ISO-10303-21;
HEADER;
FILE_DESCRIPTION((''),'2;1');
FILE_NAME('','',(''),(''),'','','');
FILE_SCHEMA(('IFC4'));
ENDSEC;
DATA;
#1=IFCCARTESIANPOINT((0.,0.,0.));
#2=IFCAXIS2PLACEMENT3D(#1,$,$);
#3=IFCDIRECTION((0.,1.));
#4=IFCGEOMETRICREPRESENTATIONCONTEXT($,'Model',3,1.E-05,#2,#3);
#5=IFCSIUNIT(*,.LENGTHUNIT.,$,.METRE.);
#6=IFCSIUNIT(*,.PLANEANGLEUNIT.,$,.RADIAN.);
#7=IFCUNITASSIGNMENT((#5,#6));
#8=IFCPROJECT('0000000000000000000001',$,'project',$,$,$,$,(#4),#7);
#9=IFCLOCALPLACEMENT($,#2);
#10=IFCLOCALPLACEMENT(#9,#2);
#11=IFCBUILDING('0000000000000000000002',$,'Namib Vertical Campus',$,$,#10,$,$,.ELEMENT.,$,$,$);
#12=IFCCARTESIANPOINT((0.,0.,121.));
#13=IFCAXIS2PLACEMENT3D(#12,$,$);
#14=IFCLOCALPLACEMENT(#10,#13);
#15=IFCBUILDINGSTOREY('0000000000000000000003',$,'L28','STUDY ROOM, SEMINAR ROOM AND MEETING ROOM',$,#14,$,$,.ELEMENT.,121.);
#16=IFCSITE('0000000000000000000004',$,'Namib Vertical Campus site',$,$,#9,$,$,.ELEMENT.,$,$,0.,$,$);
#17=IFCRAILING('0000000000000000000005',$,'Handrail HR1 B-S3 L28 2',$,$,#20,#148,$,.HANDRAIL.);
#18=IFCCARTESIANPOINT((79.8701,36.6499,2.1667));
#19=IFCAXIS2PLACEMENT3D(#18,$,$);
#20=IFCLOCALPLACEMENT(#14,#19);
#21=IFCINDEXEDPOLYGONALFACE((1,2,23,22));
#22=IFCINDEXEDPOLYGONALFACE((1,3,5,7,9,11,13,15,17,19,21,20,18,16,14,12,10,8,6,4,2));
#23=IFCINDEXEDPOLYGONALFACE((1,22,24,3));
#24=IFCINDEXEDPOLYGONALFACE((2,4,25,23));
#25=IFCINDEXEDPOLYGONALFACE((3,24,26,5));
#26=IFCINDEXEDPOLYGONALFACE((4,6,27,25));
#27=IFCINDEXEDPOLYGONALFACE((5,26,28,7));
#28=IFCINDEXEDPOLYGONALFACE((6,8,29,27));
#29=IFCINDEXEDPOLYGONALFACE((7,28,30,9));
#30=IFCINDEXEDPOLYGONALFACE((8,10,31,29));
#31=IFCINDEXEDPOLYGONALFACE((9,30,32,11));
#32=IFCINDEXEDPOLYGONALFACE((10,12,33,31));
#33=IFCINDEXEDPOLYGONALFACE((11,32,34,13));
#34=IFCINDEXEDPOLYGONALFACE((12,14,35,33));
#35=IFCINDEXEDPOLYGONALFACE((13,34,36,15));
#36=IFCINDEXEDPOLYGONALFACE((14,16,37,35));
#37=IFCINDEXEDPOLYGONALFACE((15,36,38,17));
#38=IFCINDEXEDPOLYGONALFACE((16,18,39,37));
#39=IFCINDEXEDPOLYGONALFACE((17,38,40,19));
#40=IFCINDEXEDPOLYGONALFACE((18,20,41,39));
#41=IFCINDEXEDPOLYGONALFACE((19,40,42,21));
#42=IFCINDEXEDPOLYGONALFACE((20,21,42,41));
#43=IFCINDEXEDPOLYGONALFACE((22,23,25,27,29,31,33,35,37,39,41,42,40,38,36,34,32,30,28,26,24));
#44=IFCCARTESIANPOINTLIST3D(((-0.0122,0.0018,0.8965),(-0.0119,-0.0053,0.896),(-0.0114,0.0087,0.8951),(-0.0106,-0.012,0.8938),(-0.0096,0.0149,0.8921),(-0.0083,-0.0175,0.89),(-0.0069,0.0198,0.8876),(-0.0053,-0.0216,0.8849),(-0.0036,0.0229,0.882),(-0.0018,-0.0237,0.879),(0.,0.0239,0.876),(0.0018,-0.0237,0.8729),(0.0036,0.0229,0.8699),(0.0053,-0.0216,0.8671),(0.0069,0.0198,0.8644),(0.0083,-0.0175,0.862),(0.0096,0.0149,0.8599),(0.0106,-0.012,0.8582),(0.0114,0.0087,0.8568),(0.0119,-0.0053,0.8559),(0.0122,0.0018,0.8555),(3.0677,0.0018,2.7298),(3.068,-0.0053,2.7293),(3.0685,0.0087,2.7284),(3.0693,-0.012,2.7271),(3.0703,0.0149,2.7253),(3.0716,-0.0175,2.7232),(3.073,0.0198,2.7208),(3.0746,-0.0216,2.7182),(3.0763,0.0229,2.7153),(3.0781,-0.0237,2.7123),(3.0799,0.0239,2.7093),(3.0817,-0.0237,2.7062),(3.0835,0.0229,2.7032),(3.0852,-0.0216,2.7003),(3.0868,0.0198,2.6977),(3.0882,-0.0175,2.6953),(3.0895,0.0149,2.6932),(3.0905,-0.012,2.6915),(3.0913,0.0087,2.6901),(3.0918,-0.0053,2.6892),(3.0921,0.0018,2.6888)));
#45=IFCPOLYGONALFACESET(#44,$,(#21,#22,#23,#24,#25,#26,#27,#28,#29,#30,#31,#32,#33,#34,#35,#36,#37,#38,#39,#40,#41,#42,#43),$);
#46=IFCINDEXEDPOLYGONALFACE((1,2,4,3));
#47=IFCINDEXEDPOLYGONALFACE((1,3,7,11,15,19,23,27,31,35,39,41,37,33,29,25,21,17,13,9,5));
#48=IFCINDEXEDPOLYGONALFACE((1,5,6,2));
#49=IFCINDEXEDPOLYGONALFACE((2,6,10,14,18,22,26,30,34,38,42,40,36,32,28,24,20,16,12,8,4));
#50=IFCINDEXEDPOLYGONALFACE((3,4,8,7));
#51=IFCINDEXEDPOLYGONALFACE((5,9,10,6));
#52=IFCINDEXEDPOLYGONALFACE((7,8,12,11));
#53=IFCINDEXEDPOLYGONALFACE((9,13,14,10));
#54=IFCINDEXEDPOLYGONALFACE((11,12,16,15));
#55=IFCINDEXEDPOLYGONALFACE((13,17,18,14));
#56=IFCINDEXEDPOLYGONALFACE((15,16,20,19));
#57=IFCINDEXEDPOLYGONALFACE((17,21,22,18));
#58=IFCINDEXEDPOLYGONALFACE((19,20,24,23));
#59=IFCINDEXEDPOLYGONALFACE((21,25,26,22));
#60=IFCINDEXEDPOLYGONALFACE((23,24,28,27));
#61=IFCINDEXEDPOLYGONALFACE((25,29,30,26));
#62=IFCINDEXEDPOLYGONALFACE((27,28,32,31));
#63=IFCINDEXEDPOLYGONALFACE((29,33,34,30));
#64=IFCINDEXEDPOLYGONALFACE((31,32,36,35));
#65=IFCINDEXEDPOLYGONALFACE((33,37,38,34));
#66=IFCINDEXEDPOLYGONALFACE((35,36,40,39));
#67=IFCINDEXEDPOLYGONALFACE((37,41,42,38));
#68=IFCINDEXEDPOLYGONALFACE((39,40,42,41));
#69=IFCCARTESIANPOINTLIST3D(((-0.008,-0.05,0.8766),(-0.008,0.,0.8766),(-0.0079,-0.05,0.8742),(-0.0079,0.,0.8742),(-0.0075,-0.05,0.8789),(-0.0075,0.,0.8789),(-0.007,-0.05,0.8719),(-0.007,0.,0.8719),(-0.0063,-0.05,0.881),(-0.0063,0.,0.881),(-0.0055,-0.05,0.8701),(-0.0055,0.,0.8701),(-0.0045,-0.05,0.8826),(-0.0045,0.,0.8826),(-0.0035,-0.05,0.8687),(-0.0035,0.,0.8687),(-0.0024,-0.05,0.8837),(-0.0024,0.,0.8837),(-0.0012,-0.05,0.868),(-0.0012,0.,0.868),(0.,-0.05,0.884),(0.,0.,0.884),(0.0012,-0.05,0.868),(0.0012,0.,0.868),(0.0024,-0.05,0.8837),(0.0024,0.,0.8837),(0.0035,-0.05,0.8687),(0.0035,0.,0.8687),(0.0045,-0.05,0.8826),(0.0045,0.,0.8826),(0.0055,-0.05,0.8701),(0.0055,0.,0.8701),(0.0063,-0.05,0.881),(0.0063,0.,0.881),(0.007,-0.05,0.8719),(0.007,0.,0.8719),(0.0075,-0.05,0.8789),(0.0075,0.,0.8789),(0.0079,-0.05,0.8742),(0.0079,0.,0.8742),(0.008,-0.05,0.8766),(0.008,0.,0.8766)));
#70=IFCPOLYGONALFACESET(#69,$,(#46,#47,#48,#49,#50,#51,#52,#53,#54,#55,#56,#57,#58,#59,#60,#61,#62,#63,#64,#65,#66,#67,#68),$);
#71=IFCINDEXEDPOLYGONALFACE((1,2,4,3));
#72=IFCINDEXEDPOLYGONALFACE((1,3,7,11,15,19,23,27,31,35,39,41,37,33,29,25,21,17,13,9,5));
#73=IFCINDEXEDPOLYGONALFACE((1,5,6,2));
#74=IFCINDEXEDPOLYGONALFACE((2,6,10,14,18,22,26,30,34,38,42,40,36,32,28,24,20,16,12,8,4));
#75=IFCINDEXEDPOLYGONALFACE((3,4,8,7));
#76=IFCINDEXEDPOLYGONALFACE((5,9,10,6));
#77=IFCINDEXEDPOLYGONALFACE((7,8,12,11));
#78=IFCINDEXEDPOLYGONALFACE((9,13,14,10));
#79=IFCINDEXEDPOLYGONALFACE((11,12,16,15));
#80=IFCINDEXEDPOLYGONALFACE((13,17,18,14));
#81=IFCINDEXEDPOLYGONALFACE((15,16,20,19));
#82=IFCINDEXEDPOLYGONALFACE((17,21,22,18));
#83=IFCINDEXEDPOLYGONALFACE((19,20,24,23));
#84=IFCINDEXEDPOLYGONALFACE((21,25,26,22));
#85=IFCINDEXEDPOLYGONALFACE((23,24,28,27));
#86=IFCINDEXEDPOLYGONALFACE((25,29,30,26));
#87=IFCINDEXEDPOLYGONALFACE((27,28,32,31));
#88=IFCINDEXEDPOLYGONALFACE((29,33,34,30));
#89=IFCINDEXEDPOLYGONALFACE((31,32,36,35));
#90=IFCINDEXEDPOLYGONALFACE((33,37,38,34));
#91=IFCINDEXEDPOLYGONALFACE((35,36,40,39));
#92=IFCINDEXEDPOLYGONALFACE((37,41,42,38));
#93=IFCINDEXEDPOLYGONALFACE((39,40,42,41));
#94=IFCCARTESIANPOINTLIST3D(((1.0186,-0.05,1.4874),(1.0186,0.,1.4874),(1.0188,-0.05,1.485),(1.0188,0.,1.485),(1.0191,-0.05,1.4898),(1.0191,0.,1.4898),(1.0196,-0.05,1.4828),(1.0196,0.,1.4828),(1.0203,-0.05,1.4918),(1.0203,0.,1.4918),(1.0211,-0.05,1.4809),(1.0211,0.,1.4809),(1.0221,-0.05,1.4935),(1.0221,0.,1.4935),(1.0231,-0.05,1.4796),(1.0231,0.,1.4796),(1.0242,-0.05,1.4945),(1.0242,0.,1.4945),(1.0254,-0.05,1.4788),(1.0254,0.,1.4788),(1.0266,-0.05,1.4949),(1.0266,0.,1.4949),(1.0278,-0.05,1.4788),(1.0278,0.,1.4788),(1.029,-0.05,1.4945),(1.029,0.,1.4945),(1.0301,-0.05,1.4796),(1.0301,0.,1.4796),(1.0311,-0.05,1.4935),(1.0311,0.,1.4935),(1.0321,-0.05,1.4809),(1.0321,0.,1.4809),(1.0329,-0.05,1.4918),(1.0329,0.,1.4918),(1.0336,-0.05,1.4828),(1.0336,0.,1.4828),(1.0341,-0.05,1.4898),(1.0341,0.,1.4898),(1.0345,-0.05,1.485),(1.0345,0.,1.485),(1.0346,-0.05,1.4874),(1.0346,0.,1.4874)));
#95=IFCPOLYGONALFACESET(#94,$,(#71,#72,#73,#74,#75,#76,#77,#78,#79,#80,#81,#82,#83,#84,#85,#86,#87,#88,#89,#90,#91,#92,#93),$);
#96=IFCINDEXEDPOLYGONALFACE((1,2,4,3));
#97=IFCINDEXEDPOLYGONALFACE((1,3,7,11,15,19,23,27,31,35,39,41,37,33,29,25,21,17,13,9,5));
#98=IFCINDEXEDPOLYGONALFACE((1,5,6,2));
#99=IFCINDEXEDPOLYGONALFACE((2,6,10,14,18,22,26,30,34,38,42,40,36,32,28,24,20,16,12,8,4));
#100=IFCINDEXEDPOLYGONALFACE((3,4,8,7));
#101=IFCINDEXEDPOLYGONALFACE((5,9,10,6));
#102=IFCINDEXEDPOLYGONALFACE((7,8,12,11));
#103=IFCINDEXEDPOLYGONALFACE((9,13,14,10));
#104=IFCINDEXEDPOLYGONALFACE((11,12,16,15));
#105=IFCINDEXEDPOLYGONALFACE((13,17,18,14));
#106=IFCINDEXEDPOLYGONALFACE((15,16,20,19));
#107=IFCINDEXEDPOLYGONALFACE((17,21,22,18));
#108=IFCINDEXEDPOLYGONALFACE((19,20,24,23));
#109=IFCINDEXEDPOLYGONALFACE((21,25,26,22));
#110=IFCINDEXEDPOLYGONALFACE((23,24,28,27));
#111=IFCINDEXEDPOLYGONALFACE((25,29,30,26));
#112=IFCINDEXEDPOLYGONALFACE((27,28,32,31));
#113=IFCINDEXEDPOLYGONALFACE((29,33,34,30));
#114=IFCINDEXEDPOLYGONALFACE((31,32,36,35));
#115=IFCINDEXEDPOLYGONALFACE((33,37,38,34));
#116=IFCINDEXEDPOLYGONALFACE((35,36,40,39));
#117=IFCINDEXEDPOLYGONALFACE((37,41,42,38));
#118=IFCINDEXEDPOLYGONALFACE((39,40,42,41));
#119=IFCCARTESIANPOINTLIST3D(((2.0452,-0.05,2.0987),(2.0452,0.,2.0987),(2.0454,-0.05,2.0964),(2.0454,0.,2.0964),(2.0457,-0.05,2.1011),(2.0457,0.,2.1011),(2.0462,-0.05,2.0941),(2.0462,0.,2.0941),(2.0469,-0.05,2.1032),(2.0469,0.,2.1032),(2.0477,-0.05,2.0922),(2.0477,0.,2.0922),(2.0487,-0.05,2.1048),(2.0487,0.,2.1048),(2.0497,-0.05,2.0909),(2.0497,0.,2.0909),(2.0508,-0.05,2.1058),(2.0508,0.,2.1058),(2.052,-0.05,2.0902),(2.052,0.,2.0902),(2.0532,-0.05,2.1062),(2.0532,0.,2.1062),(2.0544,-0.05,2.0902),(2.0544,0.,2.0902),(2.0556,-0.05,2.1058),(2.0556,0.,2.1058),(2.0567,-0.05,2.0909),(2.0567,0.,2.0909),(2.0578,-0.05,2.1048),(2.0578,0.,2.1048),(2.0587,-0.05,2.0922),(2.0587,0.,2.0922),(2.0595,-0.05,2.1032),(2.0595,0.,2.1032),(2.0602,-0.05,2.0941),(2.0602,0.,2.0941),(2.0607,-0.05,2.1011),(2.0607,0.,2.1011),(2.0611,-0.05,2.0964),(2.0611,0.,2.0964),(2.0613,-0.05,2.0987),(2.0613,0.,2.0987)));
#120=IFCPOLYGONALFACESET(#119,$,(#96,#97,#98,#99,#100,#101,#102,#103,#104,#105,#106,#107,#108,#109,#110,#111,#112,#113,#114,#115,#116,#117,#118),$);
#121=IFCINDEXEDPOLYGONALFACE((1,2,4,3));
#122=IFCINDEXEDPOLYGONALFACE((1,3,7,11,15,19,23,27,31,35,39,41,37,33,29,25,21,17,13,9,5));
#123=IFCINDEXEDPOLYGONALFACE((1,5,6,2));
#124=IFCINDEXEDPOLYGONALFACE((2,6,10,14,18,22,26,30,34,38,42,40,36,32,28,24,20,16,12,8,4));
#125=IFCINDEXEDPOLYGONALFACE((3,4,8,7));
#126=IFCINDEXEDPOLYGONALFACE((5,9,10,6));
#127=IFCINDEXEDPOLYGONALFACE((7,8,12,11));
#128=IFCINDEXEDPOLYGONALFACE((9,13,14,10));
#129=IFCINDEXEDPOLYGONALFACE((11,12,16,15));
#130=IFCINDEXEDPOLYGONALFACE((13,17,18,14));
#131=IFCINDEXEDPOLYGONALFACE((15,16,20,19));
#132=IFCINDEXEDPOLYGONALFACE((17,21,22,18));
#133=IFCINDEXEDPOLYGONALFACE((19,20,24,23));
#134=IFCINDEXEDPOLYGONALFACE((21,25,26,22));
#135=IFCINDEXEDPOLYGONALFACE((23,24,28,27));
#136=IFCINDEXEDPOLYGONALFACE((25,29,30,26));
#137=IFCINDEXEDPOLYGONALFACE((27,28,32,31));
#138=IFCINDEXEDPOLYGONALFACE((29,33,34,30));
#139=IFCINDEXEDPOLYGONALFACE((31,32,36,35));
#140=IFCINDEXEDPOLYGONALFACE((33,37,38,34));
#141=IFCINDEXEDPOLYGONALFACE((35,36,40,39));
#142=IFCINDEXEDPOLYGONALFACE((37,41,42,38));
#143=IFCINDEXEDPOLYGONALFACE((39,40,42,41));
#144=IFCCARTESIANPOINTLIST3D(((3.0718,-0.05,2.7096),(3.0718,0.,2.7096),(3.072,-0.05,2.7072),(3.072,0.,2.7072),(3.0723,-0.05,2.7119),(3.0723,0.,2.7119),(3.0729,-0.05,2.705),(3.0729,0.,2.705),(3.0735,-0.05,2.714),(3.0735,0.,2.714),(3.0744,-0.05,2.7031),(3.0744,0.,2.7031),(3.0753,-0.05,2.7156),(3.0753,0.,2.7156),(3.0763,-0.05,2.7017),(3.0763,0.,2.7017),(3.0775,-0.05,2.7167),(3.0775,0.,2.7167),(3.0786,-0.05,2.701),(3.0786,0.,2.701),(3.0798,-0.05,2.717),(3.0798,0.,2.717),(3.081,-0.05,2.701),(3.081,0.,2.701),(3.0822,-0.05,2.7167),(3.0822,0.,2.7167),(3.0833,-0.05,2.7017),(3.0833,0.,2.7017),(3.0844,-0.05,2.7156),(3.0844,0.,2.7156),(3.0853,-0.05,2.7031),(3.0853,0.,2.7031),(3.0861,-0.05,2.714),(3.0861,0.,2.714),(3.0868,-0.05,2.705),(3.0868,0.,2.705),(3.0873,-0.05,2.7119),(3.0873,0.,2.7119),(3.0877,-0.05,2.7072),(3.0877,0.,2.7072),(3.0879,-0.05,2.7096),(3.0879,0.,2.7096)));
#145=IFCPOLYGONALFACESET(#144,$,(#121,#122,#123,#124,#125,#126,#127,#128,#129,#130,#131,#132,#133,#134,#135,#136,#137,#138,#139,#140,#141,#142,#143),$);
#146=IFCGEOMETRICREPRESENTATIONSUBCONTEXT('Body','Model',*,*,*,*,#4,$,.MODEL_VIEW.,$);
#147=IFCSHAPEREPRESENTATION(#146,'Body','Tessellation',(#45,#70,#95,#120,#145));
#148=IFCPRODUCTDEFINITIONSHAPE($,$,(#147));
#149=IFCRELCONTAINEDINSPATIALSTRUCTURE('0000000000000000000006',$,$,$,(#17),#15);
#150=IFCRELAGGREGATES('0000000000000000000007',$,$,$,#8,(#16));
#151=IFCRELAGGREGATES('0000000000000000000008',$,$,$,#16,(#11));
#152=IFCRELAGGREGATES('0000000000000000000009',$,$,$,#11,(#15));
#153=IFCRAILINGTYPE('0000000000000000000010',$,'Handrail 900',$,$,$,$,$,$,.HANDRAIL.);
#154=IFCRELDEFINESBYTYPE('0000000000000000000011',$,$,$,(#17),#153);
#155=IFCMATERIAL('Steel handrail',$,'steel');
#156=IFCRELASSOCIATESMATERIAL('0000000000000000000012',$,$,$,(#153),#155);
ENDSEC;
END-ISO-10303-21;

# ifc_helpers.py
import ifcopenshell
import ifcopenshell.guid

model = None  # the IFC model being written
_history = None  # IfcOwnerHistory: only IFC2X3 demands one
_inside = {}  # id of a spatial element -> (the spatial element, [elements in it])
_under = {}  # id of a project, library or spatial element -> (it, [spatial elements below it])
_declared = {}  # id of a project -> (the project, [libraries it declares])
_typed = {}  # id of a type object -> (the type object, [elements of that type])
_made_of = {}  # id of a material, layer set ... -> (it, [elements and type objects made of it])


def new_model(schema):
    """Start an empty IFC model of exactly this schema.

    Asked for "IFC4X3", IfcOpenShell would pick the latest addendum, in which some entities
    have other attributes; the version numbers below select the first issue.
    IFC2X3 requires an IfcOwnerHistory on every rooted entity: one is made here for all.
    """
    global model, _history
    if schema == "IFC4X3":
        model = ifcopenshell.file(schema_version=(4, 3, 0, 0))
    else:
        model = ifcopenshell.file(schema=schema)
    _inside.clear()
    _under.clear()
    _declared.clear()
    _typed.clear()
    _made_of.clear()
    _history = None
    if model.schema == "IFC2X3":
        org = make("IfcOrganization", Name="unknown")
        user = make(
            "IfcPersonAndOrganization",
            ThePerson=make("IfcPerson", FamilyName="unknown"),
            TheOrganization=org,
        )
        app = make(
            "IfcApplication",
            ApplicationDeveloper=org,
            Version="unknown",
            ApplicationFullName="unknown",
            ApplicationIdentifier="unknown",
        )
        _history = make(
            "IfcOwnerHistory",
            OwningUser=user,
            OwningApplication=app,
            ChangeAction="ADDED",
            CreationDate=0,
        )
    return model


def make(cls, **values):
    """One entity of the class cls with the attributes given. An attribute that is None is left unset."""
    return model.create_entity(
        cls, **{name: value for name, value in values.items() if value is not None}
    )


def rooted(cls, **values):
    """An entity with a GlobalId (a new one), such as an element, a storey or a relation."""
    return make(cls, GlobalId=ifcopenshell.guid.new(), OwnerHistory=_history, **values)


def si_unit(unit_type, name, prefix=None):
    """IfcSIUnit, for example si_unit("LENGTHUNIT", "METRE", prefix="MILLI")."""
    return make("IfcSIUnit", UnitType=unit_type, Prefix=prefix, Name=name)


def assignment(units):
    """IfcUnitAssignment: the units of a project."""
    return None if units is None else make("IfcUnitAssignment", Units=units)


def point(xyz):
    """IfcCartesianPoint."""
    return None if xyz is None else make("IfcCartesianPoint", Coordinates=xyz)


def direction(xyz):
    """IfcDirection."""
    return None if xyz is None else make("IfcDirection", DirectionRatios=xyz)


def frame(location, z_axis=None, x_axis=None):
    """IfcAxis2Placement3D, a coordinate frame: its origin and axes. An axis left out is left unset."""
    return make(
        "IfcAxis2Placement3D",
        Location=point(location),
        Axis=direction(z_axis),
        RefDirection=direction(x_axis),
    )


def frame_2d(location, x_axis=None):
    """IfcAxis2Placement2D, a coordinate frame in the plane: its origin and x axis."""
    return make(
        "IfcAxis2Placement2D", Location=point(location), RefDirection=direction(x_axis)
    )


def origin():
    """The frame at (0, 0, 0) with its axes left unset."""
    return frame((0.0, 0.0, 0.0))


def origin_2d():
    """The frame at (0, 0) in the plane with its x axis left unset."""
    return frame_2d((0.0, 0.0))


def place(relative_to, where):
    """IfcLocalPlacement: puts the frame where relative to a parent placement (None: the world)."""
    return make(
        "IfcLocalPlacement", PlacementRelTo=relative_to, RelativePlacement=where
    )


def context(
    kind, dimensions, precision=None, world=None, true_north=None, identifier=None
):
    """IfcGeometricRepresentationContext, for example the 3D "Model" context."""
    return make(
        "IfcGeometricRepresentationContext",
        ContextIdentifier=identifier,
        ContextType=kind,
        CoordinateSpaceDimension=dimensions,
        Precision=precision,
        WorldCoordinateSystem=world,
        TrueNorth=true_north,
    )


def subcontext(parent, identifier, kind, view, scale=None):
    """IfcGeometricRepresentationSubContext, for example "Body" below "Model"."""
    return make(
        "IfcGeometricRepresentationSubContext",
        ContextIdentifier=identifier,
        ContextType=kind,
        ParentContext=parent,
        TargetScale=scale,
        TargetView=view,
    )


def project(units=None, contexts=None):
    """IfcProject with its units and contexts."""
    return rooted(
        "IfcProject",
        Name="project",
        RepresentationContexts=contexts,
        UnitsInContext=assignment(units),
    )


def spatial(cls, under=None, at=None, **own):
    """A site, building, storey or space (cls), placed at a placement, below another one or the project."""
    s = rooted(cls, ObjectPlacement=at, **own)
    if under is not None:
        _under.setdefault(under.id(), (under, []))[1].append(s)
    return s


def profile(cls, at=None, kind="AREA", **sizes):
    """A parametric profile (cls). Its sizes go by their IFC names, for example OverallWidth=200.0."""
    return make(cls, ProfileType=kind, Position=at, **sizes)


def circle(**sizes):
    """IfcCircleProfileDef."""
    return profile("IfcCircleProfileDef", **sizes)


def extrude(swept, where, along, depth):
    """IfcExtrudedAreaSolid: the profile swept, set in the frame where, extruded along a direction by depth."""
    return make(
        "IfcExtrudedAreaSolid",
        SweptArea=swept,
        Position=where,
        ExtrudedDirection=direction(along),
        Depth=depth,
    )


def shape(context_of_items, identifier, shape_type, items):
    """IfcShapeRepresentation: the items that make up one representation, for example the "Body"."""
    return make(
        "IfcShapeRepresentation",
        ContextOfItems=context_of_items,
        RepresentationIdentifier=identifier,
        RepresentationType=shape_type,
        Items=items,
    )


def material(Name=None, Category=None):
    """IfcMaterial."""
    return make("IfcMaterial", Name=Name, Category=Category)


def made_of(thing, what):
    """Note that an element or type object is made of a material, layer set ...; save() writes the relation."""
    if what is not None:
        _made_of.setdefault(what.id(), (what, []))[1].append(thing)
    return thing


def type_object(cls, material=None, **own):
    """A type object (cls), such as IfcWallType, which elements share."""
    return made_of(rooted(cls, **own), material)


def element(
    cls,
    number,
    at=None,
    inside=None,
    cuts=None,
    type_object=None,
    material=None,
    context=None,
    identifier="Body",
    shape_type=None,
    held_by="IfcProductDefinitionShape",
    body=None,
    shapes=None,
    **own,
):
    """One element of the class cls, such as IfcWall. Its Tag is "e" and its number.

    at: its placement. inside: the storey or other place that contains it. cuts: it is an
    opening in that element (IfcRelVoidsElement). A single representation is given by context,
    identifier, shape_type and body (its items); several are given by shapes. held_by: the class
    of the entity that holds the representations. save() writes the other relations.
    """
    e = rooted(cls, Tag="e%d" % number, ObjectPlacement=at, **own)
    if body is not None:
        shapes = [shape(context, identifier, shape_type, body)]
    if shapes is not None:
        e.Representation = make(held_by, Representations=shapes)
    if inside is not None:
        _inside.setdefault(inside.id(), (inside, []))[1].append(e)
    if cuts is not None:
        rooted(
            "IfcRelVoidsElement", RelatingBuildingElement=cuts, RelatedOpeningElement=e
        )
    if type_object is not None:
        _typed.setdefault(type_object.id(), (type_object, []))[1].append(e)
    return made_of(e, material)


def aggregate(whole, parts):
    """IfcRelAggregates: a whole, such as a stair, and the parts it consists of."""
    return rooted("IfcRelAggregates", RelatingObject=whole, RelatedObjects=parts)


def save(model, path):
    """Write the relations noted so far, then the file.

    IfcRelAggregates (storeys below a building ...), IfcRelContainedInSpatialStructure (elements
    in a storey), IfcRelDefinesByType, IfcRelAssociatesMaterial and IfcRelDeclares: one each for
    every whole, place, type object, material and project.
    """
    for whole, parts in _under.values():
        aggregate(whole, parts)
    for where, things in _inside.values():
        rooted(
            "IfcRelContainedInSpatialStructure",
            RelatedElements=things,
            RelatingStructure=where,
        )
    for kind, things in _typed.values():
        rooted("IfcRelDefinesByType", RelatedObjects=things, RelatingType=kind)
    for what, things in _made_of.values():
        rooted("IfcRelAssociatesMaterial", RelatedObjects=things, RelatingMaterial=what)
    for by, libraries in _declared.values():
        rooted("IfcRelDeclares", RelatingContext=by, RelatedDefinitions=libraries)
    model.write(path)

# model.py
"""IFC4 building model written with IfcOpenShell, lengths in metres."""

from ifc_helpers import new_model, si_unit, direction, frame, origin, origin_2d, place, context, subcontext, project, spatial, circle, extrude, material, type_object, element, save


model = new_model("IFC4")

# Units and contexts
model_context = context("Model", 3, precision=1e-05, world=origin(), true_north=direction((0.0, 1.0)))
body_context = subcontext(model_context, "Body", "Model", "MODEL_VIEW")
ifc_project = project(units=[si_unit("LENGTHUNIT", "METRE"), si_unit("PLANEANGLEUNIT", "RADIAN")], contexts=[model_context])

# Site, building, storey
site_placement = place(None, origin())
site = spatial("IfcSite", under=ifc_project, at=site_placement, Name="Namib Vertical Campus site", CompositionType="ELEMENT", RefElevation=0.0)
building_placement = place(site_placement, origin())
building = spatial("IfcBuilding", under=site, at=building_placement, Name="Namib Vertical Campus", CompositionType="ELEMENT")
storey_placement = place(building_placement, frame((0.0, 0.0, 121.0)))
storey = spatial("IfcBuildingStorey", under=building, at=storey_placement, Name="L28", Description="STUDY ROOM, SEMINAR ROOM AND MEETING ROOM", CompositionType="ELEMENT", Elevation=121.0)

# Railing
ifc_material_1 = material(Name="Steel handrail", Category="steel")
railing_type_1 = type_object("IfcRailingType", Name="Handrail 900", PredefinedType="HANDRAIL", material=ifc_material_1)
railing_1_placement = place(storey_placement, frame((79.8701, 36.6499, 2.1667)))
element("IfcRailing", 1, at=railing_1_placement, inside=storey, type_object=railing_type_1, Name="Handrail HR1 B-S3 L28 2", PredefinedType="HANDRAIL", context=body_context, shape_type="SweptSolid", body=[
    extrude(circle(Radius=0.0239, at=origin_2d()), frame((0.0, 0.0, 0.876), z_axis=(0.859291, 0.0, 0.511487), x_axis=(0.0, 1.0, 0.0)), (0.0, 0.0, 1.0), 3.5842),
    extrude(circle(Radius=0.0081, at=origin_2d()), frame((0.0, 0.0, 0.876), z_axis=(0.0, -1.0, 0.0), x_axis=(0.0, 0.0, 1.0)), (0.0, 0.0, 1.0), 0.05),
    extrude(circle(Radius=0.0081, at=origin_2d()), frame((1.0266, 0.0, 1.4868), z_axis=(0.0, -1.0, 0.0), x_axis=(0.0, 0.0, 1.0)), (0.0, 0.0, 1.0), 0.05),
    extrude(circle(Radius=0.0081, at=origin_2d()), frame((2.0532, 0.0, 2.0981), z_axis=(0.0, -1.0, 0.0), x_axis=(0.0, 0.0, 1.0)), (0.0, 0.0, 1.0), 0.05),
    extrude(circle(Radius=0.0081, at=origin_2d()), frame((3.0798, 0.0, 2.709), z_axis=(0.0, -1.0, 0.0), x_axis=(0.0, 0.0, 1.0)), (0.0, 0.0, 1.0), 0.05),
])

save(model, "model.ifc")
